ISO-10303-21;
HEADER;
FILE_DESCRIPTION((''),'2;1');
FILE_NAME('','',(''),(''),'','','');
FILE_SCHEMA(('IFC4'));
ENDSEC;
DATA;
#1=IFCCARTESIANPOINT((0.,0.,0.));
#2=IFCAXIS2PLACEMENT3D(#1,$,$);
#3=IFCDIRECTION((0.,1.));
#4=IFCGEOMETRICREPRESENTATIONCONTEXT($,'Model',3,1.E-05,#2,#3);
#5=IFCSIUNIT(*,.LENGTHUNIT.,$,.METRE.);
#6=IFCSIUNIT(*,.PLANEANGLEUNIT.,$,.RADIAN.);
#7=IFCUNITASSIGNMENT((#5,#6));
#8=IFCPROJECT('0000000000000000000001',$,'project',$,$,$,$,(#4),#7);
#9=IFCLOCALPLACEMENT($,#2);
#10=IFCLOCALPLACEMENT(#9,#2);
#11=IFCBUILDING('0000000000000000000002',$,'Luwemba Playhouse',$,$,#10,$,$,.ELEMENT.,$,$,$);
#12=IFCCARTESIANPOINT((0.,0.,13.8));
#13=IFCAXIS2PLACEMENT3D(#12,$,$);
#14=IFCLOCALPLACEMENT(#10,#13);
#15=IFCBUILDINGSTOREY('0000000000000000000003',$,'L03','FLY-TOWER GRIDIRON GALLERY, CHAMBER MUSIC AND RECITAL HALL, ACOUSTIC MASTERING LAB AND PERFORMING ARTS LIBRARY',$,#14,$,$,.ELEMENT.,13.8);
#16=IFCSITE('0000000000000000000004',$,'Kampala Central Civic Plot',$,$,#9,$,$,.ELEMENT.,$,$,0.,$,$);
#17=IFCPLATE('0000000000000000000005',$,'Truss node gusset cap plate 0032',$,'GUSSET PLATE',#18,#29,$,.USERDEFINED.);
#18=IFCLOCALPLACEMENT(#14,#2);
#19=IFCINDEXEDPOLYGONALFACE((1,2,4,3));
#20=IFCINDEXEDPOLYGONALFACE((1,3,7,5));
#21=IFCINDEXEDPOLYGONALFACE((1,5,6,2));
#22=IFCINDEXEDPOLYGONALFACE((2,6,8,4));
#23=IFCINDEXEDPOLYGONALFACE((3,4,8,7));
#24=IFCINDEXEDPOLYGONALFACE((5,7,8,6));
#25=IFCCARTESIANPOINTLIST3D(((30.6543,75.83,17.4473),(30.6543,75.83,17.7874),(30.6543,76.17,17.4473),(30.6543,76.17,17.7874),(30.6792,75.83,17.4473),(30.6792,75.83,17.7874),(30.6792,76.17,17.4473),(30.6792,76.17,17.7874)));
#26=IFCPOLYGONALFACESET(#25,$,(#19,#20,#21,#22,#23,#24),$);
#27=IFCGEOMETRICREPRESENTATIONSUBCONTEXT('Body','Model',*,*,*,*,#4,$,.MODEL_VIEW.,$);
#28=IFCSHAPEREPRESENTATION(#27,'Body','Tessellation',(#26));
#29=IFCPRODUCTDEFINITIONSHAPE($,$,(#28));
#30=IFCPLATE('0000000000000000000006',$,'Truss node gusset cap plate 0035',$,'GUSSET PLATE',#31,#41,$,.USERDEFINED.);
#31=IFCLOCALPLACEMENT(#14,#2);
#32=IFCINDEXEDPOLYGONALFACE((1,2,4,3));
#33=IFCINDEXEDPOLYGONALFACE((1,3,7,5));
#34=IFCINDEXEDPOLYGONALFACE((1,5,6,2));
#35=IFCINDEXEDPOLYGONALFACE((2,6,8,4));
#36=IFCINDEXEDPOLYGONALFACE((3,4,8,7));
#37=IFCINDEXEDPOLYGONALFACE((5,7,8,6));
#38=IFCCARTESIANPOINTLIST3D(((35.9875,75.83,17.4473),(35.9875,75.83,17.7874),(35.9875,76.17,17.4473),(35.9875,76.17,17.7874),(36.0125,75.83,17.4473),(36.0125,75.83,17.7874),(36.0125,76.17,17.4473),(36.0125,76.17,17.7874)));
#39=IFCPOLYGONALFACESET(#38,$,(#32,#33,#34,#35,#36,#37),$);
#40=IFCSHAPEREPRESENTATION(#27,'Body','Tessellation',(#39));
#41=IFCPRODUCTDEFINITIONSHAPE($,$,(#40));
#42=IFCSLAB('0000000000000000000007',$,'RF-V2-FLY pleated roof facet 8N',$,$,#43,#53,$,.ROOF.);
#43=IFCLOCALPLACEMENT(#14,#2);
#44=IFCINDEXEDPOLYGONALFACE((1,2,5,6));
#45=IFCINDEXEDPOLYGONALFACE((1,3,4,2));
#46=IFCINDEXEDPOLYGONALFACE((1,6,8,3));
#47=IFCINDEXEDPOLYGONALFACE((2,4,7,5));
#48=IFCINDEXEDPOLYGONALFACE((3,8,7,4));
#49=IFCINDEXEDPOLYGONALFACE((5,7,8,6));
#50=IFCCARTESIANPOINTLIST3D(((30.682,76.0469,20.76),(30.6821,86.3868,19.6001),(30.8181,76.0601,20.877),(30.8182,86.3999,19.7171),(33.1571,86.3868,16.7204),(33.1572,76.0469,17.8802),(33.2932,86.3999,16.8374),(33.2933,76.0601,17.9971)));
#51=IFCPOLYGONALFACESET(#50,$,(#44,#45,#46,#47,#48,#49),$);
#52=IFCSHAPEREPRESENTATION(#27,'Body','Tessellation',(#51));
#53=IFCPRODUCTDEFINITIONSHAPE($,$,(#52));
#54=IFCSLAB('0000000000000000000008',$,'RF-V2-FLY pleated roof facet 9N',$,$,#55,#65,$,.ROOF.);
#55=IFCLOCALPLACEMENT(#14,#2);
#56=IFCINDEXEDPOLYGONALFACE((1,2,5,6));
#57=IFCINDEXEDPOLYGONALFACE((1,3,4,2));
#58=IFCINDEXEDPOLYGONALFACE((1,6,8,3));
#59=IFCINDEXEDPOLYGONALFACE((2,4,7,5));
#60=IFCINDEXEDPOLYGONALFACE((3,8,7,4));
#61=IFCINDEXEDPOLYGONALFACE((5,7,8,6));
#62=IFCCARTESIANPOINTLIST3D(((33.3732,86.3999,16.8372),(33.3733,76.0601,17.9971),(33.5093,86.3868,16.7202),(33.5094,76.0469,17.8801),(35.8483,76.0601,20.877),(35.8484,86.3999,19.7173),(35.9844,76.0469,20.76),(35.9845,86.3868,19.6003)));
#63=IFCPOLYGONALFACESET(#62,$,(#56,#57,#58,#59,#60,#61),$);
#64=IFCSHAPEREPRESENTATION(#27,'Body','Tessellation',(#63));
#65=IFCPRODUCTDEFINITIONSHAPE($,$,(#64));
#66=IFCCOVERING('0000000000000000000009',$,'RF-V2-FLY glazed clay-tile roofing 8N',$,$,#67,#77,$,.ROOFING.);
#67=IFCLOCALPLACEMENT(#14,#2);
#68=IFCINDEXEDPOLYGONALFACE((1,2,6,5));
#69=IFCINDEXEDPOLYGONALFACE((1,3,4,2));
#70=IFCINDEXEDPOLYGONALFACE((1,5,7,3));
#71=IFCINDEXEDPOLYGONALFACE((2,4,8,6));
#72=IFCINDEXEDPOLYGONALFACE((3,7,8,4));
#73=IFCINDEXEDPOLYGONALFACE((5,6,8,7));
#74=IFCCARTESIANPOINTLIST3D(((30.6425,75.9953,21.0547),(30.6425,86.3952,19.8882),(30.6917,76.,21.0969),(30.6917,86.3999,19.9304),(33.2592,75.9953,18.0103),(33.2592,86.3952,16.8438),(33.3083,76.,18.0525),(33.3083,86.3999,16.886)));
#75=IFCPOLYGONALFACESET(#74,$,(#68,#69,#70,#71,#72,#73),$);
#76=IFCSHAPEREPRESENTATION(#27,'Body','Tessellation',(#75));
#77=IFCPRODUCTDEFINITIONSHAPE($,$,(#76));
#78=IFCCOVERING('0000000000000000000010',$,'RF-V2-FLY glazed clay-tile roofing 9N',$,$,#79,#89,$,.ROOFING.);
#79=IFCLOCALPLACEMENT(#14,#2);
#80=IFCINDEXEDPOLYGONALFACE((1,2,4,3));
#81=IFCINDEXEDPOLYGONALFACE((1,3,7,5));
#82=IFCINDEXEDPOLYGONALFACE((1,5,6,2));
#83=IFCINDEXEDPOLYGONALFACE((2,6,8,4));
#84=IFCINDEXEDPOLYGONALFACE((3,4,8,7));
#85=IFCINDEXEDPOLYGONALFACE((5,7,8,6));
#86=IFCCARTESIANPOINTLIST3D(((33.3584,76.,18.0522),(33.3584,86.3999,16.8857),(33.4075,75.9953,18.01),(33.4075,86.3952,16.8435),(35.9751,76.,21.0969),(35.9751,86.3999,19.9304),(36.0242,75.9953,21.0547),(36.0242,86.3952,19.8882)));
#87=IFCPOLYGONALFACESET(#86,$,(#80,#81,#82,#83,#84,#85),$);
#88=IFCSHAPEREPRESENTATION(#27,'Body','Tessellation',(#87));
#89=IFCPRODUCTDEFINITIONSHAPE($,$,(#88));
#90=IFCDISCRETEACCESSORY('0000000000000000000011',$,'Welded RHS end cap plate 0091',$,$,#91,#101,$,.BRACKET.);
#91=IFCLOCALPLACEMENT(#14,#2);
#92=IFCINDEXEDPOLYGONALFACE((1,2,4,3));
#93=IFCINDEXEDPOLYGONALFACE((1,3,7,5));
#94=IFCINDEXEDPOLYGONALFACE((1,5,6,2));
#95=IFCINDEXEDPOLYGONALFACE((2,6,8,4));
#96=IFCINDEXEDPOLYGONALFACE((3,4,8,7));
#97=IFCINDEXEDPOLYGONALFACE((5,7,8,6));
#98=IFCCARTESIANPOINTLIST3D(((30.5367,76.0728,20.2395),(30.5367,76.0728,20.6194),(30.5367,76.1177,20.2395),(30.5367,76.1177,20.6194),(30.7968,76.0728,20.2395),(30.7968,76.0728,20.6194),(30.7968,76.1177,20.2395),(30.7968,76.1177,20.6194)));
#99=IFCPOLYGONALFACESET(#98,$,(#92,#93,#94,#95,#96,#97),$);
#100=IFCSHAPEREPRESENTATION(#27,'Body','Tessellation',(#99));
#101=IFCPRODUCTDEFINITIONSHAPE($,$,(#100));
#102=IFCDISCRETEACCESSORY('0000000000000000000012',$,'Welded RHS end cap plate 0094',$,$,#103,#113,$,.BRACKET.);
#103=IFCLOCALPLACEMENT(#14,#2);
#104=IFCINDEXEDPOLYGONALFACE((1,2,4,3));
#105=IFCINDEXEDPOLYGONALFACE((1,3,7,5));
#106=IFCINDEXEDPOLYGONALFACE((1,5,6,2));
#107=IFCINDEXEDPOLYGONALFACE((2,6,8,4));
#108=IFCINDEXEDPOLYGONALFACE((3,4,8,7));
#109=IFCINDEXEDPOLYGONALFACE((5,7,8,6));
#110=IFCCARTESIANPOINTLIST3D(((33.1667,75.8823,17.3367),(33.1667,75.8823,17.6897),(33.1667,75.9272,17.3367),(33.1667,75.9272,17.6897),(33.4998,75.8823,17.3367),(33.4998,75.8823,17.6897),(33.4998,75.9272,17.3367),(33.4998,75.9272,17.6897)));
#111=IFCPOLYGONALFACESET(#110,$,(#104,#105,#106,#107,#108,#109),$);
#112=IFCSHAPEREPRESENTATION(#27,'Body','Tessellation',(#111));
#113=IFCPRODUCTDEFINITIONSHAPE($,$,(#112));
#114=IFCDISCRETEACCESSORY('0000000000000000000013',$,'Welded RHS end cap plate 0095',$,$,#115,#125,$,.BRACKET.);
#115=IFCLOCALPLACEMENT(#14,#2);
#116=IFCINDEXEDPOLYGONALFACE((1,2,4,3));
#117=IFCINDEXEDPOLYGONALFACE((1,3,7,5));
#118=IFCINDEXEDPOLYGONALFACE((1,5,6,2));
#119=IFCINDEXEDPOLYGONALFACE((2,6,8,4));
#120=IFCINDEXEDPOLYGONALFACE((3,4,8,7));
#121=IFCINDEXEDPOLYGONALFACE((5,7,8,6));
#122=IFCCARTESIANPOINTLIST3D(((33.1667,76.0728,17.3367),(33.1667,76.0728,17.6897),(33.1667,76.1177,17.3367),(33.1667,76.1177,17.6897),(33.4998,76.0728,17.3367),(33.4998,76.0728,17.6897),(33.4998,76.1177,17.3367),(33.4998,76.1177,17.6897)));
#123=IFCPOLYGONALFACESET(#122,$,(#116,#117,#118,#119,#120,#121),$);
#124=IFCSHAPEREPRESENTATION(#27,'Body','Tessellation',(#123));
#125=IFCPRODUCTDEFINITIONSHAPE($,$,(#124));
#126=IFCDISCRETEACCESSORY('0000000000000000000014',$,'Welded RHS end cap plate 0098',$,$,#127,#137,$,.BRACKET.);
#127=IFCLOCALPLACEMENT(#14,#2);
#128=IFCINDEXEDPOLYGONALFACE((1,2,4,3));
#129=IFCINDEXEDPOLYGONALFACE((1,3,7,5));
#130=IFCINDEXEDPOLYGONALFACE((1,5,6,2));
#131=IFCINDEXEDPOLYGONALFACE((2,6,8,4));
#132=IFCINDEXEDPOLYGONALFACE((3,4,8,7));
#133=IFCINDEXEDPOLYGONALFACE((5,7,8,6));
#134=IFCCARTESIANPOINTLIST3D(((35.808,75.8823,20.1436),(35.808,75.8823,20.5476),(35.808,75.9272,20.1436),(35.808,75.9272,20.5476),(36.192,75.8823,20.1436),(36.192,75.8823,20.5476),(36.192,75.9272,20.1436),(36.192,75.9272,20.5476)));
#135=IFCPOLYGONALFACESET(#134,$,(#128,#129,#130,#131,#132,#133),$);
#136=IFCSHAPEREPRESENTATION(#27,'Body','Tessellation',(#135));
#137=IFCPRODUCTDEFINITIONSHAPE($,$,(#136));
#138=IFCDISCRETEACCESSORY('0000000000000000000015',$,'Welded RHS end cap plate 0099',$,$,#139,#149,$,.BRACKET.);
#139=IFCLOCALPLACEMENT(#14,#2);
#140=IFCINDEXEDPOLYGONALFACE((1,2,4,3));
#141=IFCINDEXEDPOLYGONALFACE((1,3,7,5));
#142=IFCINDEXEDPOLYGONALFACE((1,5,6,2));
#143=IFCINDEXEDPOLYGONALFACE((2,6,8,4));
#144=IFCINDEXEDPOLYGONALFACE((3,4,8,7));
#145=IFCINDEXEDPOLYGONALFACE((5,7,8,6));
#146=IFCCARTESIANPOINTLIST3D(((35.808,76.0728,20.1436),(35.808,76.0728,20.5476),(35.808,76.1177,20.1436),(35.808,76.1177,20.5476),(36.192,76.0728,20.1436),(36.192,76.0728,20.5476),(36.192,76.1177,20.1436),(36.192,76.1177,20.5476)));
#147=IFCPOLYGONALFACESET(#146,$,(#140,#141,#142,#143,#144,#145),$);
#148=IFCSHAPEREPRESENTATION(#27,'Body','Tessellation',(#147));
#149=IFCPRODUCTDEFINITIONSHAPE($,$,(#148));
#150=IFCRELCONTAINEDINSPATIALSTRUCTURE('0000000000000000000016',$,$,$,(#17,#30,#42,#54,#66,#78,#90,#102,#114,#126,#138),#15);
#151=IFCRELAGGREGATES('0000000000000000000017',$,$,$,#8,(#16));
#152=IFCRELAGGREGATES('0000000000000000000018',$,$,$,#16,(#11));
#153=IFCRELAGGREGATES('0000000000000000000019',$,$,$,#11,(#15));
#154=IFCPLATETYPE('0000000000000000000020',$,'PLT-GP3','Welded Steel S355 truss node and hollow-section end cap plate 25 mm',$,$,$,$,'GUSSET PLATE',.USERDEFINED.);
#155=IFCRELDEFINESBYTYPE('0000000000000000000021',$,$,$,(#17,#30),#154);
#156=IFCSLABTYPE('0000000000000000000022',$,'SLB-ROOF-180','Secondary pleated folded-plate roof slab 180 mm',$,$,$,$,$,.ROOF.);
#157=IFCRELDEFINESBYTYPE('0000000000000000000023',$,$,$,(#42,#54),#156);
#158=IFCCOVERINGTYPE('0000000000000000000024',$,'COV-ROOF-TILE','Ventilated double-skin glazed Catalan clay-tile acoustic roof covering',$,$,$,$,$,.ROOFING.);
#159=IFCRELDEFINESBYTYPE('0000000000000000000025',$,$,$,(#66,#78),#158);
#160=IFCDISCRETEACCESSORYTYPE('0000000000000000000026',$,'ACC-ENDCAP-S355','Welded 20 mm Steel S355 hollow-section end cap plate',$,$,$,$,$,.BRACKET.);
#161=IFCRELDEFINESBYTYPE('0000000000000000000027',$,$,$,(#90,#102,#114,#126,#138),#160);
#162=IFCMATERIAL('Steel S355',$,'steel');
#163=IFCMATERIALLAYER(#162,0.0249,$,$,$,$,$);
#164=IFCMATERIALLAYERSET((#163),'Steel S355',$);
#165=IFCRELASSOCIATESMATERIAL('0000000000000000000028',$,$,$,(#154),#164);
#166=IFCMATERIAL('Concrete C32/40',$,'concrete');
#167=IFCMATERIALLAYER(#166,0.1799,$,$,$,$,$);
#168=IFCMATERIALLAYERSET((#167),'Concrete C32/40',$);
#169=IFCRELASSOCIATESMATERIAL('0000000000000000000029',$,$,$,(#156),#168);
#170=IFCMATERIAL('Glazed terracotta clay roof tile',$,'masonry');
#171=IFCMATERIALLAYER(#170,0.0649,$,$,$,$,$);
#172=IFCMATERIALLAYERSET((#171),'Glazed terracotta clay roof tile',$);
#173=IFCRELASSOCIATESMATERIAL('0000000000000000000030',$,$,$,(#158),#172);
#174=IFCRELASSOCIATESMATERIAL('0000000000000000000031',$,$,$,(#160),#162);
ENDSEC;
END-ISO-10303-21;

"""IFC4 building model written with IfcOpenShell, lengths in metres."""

from ifc_helpers import new_model, si_unit, direction, frame, origin, origin_2d, place, context, subcontext, project, spatial, polyline, rectangle, outline, extrude, material, layer, layer_set, type_object, element, save


model = new_model("IFC4")

# Units and contexts
model_context = context("Model", 3, precision=1e-05, world=origin(), true_north=direction((0.0, 1.0)))
body_context = subcontext(model_context, "Body", "Model", "MODEL_VIEW")
ifc_project = project(units=[si_unit("LENGTHUNIT", "METRE"), si_unit("PLANEANGLEUNIT", "RADIAN")], contexts=[model_context])

# Site, building, storey
site_placement = place(None, origin())
site = spatial("IfcSite", under=ifc_project, at=site_placement, Name="Kampala Central Civic Plot", CompositionType="ELEMENT", RefElevation=0.0)
building_placement = place(site_placement, origin())
building = spatial("IfcBuilding", under=site, at=building_placement, Name="Luwemba Playhouse", CompositionType="ELEMENT")
storey_placement = place(building_placement, frame((0.0, 0.0, 13.8)))
storey = spatial("IfcBuildingStorey", under=building, at=storey_placement, Name="L03", Description="FLY-TOWER GRIDIRON GALLERY, CHAMBER MUSIC AND RECITAL HALL, ACOUSTIC MASTERING LAB AND PERFORMING ARTS LIBRARY", CompositionType="ELEMENT", Elevation=13.8)

# Shared definitions
ifc_material_1 = material(Name="Steel S355", Category="steel")

# Plates
ifc_layer_1 = layer(ifc_material_1, 0.0249)
ifc_layer_set_1 = layer_set([ifc_layer_1], Name="Steel S355")
plate_type = type_object("IfcPlateType", Name="PLT-GP3", Description="Welded Steel S355 truss node and hollow-section end cap plate 25 mm", ElementType="GUSSET PLATE", PredefinedType="USERDEFINED", material=ifc_layer_set_1)
for number, where, z_axis, x_axis, name in (
    (1, (30.6667, 76.0, 17.4473), (0.0, 0.0, 1.0), (1.0, 0.0, 0.0), "Truss node gusset cap plate 0032"),
    (2, (36.0, 76.0, 17.4473), (0.0, 0.0, 1.0), (1.0, 0.0, 0.0), "Truss node gusset cap plate 0035"),
):
    element("IfcPlate", number, at=place(storey_placement, frame(where, z_axis=z_axis, x_axis=x_axis)), inside=storey, type_object=plate_type, Name=name, ObjectType="GUSSET PLATE", PredefinedType="USERDEFINED", context=body_context, shape_type="SweptSolid", body=[
        extrude(rectangle(XDim=0.0249, YDim=0.3401, at=origin_2d()), origin(), (0.0, 0.0, 1.0), 0.3401),
    ])

# Slabs
ifc_material_2 = material(Name="Concrete C32/40", Category="concrete")
ifc_layer_2 = layer(ifc_material_2, 0.1799)
ifc_layer_set_2 = layer_set([ifc_layer_2], Name="Concrete C32/40")
slab_type = type_object("IfcSlabType", Name="SLB-ROOF-180", Description="Secondary pleated folded-plate roof slab 180 mm", PredefinedType="ROOF", material=ifc_layer_set_2)
slab_1_placement = place(storey_placement, frame((30.8181, 76.0601, 20.877), z_axis=(0.756361, 0.072917, 0.650078), x_axis=(0.651813, 0.000002, -0.75838)))
element("IfcSlab", 3, at=slab_1_placement, inside=storey, type_object=slab_type, Name="RF-V2-FLY pleated roof facet 8N", PredefinedType="ROOF", context=body_context, shape_type="SweptSolid", body=[
    extrude(outline(polyline([(0.0, 0.0), (3.7973, 0.0), (4.6768, 10.3674), (0.8797, 10.3674), (0.0, 0.0)])), origin(), (0.0, 0.0, -1.0), 0.1799),
])
slab_2_placement = place(storey_placement, frame((33.3733, 76.0601, 17.9971), z_axis=(-0.756389, 0.072914, 0.650046), x_axis=(0.651781, 0.000002, 0.758407)))
element("IfcSlab", 4, at=slab_2_placement, inside=storey, type_object=slab_type, Name="RF-V2-FLY pleated roof facet 9N", PredefinedType="ROOF", context=body_context, shape_type="SweptSolid", body=[
    extrude(outline(polyline([(0.0, 0.0), (3.7973, 0.0), (2.9179, 10.3674), (-0.8797, 10.3674), (0.0, 0.0)])), origin(), (0.0, 0.0, -1.0), 0.1799),
])

# Coverings
ifc_material_3 = material(Name="Glazed terracotta clay roof tile", Category="masonry")
ifc_layer_3 = layer(ifc_material_3, 0.0649)
ifc_layer_set_3 = layer_set([ifc_layer_3], Name="Glazed terracotta clay roof tile")
covering_type = type_object("IfcCoveringType", Name="COV-ROOF-TILE", Description="Ventilated double-skin glazed Catalan clay-tile acoustic roof covering", PredefinedType="ROOFING", material=ifc_layer_set_3)
covering_1_placement = place(storey_placement, frame((30.6917, 76.0, 21.0969), z_axis=(0.756353, 0.072917, 0.650087), x_axis=(0.651822, 0.0, -0.758372)))
element("IfcCovering", 5, at=covering_1_placement, inside=storey, type_object=covering_type, Name="RF-V2-FLY glazed clay-tile roofing 8N", PredefinedType="ROOFING", context=body_context, shape_type="SweptSolid", body=[
    extrude(outline(polyline([(0.0, 0.0), (4.0144, 0.0), (4.8991, 10.4277), (0.8846, 10.4277), (0.0, 0.0)])), origin(), (0.0, 0.0, -1.0), 0.0649),
])
covering_2_placement = place(storey_placement, frame((33.3584, 76.0, 18.0522), z_axis=(-0.756379, 0.072914, 0.650058), x_axis=(0.651792, 0.0, 0.758397)))
element("IfcCovering", 6, at=covering_2_placement, inside=storey, type_object=covering_type, Name="RF-V2-FLY glazed clay-tile roofing 9N", PredefinedType="ROOFING", context=body_context, shape_type="SweptSolid", body=[
    extrude(outline(polyline([(0.0, 0.0), (4.0146, 0.0), (3.1299, 10.4277), (-0.8847, 10.4277), (0.0, 0.0)])), origin(), (0.0, 0.0, -1.0), 0.0649),
])

# Discrete accessories
discrete_accessory_type = type_object("IfcDiscreteAccessoryType", Name="ACC-ENDCAP-S355", Description="Welded 20 mm Steel S355 hollow-section end cap plate", PredefinedType="BRACKET", material=ifc_material_1)
discrete_accessory_placement = place(storey_placement, frame((30.6667, 76.0952, 20.2395), z_axis=(0.0, 0.0, 1.0), x_axis=(1.0, 0.0, 0.0)))
element("IfcDiscreteAccessory", 7, at=discrete_accessory_placement, inside=storey, type_object=discrete_accessory_type, Name="Welded RHS end cap plate 0091", PredefinedType="BRACKET", context=body_context, shape_type="SweptSolid", body=[
    extrude(rectangle(XDim=0.26, YDim=0.0449, at=origin_2d()), origin(), (0.0, 0.0, 1.0), 0.3799),
])
for number, where, z_axis, x_axis, name in (
    (8, (33.3333, 75.9048, 17.3367), (0.0, 0.0, 1.0), (1.0, 0.0, 0.0), "Welded RHS end cap plate 0094"),
    (9, (33.3333, 76.0952, 17.3367), (0.0, 0.0, 1.0), (1.0, 0.0, 0.0), "Welded RHS end cap plate 0095"),
):
    element("IfcDiscreteAccessory", number, at=place(storey_placement, frame(where, z_axis=z_axis, x_axis=x_axis)), inside=storey, type_object=discrete_accessory_type, Name=name, PredefinedType="BRACKET", context=body_context, shape_type="SweptSolid", body=[
        extrude(rectangle(XDim=0.333, YDim=0.0449, at=origin_2d()), origin(), (0.0, 0.0, 1.0), 0.353),
    ])
for number, where, z_axis, x_axis, name in (
    (10, (36.0, 75.9048, 20.1436), (0.0, 0.0, 1.0), (1.0, 0.0, 0.0), "Welded RHS end cap plate 0098"),
    (11, (36.0, 76.0952, 20.1436), (0.0, 0.0, 1.0), (1.0, 0.0, 0.0), "Welded RHS end cap plate 0099"),
):
    element("IfcDiscreteAccessory", number, at=place(storey_placement, frame(where, z_axis=z_axis, x_axis=x_axis)), inside=storey, type_object=discrete_accessory_type, Name=name, PredefinedType="BRACKET", context=body_context, shape_type="SweptSolid", body=[
        extrude(rectangle(XDim=0.384, YDim=0.0449, at=origin_2d()), origin(), (0.0, 0.0, 1.0), 0.4041),
    ])

save(model, "model.ifc")
